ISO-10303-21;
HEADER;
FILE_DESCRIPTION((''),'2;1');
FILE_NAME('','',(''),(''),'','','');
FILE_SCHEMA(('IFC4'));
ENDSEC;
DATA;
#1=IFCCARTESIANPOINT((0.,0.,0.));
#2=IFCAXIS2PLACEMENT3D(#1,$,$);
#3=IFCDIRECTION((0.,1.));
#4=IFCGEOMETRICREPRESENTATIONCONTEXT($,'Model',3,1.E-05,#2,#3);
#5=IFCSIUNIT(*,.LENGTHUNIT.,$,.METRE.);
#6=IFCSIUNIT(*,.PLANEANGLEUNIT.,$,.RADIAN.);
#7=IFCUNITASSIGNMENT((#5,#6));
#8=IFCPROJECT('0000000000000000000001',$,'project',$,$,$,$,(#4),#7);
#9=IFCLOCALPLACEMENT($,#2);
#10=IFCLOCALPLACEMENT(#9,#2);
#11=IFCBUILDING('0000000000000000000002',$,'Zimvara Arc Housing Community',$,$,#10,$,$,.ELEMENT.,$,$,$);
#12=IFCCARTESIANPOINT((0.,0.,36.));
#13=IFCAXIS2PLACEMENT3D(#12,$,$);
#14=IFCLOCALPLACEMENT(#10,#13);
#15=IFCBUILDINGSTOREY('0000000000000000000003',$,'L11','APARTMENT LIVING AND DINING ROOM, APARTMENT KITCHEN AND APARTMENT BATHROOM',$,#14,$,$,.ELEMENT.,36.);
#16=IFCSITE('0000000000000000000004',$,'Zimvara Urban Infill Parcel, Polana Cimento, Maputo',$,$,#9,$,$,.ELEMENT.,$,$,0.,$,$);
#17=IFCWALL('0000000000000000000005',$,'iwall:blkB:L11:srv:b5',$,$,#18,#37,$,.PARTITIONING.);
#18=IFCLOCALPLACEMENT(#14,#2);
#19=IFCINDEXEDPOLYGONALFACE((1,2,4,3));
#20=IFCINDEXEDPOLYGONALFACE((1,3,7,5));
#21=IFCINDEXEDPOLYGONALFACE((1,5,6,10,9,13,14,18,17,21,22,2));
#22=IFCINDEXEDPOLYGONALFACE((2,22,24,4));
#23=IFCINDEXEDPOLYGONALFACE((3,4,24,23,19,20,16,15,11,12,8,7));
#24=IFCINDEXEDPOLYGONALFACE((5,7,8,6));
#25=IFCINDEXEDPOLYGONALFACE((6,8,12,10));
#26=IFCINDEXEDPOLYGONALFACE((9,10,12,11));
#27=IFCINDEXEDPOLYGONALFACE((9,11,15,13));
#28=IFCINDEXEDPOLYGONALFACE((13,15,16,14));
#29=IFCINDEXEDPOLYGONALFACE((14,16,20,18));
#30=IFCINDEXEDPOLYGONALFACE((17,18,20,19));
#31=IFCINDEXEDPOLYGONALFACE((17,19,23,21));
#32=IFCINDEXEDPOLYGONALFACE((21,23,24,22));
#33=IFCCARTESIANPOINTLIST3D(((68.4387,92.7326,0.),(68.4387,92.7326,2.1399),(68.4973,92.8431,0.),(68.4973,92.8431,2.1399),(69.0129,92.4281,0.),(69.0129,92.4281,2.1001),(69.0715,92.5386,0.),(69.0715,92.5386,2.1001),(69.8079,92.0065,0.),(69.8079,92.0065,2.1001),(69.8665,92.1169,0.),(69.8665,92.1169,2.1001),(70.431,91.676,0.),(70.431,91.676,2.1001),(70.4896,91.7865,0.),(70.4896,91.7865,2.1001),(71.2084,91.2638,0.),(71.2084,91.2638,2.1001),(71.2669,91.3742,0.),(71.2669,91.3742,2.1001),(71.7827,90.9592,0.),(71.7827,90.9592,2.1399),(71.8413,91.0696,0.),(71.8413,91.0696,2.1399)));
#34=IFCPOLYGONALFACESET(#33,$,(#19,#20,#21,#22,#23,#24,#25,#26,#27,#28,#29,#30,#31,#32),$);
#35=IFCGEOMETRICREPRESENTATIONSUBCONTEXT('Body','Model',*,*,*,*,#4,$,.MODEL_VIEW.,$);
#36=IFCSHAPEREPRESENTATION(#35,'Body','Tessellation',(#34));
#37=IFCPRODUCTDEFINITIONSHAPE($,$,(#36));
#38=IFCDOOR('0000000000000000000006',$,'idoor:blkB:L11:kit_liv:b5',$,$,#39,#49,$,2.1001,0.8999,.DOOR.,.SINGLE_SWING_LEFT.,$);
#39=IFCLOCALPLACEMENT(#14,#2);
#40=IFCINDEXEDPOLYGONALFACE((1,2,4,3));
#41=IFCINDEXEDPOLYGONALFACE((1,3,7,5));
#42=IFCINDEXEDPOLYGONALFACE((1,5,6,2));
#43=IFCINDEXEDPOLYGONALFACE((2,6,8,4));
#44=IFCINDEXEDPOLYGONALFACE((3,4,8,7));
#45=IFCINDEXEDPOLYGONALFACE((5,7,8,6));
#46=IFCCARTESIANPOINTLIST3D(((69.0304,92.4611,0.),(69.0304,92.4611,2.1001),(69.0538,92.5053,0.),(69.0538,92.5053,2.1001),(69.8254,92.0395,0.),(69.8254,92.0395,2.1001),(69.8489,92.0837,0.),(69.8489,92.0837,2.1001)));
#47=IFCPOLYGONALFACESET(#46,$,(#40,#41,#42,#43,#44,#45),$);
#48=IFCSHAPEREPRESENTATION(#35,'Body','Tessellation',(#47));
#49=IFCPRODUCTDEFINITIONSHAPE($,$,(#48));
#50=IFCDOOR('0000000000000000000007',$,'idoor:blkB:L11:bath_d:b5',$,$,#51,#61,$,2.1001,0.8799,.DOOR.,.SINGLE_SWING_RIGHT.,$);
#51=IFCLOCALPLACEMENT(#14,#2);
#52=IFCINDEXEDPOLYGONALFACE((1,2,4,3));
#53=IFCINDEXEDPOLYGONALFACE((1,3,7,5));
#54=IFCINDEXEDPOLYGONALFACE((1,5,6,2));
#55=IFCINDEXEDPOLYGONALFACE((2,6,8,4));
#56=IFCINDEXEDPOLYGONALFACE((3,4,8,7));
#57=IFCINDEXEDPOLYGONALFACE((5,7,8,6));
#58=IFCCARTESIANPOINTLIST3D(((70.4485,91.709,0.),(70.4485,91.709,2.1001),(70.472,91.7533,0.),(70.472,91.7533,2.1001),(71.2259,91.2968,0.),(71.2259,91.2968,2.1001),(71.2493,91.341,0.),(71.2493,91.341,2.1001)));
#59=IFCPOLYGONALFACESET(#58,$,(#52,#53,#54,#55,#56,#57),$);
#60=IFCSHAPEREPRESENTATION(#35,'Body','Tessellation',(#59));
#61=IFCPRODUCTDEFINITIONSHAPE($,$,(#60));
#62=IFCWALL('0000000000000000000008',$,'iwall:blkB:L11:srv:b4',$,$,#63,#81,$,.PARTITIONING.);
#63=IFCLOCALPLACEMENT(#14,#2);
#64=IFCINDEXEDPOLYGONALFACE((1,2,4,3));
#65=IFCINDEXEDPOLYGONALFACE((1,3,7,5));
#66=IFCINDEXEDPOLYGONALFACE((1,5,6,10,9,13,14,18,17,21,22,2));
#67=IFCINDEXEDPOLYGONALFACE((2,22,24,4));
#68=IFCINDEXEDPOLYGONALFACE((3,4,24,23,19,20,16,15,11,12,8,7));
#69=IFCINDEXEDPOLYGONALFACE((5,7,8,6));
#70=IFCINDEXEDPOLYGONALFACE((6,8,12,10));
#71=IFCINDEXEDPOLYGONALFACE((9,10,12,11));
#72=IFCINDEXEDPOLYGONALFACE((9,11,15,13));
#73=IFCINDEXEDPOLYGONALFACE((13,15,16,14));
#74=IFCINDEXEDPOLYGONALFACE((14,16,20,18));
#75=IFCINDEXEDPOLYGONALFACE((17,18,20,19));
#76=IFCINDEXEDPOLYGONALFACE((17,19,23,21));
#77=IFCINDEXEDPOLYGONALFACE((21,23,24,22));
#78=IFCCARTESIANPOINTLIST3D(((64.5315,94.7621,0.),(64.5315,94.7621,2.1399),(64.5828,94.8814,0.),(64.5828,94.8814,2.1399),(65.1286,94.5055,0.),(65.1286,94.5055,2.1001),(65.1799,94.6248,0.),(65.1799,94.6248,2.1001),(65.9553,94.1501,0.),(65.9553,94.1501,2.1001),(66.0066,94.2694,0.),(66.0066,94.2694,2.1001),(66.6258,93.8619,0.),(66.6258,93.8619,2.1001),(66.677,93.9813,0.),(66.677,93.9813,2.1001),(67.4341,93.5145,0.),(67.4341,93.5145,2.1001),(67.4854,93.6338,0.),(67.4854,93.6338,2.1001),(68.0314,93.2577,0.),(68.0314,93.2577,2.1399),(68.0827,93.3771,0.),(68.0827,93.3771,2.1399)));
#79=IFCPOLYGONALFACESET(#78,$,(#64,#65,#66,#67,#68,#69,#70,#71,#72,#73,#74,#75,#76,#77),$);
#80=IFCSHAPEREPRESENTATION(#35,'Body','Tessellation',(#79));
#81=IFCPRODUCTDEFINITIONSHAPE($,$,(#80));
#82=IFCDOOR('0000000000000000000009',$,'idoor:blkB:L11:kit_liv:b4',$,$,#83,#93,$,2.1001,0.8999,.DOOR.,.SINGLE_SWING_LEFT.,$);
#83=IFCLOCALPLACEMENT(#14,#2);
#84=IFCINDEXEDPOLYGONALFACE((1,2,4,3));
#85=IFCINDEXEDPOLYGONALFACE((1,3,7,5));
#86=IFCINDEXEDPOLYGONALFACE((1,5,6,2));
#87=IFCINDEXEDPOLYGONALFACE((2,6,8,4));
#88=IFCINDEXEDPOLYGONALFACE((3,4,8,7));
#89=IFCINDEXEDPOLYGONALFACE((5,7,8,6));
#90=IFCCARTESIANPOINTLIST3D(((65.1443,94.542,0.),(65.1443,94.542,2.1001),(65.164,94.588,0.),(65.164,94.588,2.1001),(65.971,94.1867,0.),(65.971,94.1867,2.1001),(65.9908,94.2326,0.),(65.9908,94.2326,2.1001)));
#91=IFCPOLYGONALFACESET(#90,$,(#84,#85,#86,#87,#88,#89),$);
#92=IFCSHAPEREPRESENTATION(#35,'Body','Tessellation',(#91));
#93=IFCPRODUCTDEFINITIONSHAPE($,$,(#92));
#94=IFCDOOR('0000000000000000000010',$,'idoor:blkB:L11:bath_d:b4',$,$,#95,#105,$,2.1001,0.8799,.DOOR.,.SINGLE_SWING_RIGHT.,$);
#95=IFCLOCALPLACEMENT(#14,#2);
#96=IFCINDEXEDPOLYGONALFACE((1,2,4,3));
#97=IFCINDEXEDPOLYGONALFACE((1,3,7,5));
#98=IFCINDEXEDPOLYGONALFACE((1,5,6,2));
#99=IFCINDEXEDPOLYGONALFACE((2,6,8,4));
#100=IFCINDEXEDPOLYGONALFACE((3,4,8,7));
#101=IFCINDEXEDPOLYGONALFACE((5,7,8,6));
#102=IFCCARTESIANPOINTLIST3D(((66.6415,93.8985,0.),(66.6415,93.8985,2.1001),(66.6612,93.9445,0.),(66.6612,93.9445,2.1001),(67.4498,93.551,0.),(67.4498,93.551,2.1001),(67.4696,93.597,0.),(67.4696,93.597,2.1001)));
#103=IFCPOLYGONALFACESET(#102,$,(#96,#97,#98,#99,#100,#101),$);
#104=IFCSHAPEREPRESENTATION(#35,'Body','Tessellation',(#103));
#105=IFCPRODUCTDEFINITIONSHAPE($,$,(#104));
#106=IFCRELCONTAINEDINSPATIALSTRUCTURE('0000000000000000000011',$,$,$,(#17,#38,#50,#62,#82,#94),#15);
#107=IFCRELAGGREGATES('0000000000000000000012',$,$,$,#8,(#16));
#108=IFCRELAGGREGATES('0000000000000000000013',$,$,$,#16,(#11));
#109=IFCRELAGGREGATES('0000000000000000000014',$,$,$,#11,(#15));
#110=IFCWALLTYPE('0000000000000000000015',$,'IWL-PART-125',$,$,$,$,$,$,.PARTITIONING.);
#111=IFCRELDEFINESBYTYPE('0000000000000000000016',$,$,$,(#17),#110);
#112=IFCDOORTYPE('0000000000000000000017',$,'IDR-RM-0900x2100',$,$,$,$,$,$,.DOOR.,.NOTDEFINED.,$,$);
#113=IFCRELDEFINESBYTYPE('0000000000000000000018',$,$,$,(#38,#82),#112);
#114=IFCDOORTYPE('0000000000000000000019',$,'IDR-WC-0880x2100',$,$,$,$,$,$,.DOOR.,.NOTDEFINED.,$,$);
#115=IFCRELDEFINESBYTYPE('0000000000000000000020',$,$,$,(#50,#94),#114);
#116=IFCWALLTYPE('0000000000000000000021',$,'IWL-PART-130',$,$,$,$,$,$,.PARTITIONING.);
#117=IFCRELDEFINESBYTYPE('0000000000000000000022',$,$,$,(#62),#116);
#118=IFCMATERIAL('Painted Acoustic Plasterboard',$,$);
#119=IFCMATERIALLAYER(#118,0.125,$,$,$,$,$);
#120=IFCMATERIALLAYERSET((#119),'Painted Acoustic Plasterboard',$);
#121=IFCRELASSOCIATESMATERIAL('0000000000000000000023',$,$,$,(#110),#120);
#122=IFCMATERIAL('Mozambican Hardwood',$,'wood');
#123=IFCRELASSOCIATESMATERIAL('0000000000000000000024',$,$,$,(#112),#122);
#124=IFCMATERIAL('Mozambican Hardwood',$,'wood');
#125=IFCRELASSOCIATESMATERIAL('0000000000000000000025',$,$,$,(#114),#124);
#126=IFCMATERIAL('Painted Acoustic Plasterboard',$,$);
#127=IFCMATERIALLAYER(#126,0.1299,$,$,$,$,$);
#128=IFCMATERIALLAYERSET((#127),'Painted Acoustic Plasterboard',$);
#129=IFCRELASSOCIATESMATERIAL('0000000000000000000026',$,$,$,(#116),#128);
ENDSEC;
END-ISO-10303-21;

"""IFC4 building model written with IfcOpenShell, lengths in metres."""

from ifc_helpers import new_model, si_unit, direction, frame, frame_2d, origin, place, context, subcontext, project, spatial, rectangle, extrude, material, layer, layer_set, type_object, element, fill, save


model = new_model("IFC4")

# Units and contexts
model_context = context("Model", 3, precision=1e-05, world=origin(), true_north=direction((0.0, 1.0)))
body_context = subcontext(model_context, "Body", "Model", "MODEL_VIEW")
ifc_project = project(units=[si_unit("LENGTHUNIT", "METRE"), si_unit("PLANEANGLEUNIT", "RADIAN")], contexts=[model_context])

# Site, building, storey
site_placement = place(None, origin())
site = spatial("IfcSite", under=ifc_project, at=site_placement, Name="Zimvara Urban Infill Parcel, Polana Cimento, Maputo", CompositionType="ELEMENT", RefElevation=0.0)
building_placement = place(site_placement, origin())
building = spatial("IfcBuilding", under=site, at=building_placement, Name="Zimvara Arc Housing Community", CompositionType="ELEMENT")
storey_placement = place(building_placement, frame((0.0, 0.0, 36.0)))
storey = spatial("IfcBuildingStorey", under=building, at=storey_placement, Name="L11", Description="APARTMENT LIVING AND DINING ROOM, APARTMENT KITCHEN AND APARTMENT BATHROOM", CompositionType="ELEMENT", Elevation=36.0)

# Walls, openings, doors
ifc_material_1 = material(Name="Painted Acoustic Plasterboard")
ifc_layer_1 = layer(ifc_material_1, 0.125)
ifc_layer_set_1 = layer_set([ifc_layer_1], Name="Painted Acoustic Plasterboard")
wall_type_1 = type_object("IfcWallType", Name="IWL-PART-125", PredefinedType="PARTITIONING", material=ifc_layer_set_1)
wall_1_placement = place(storey_placement, frame((68.468, 92.7878, 0.0), z_axis=(0.0, 0.0, 1.0), x_axis=(0.88345, -0.468525, 0.0)))
wall_1 = element("IfcWall", 1, at=wall_1_placement, inside=storey, type_object=wall_type_1, Name="iwall:blkB:L11:srv:b5", PredefinedType="PARTITIONING", context=body_context, shape_type="SweptSolid", body=[
    extrude(rectangle(XDim=3.7852, YDim=0.125, at=frame_2d((1.8926, 0.0))), origin(), (0.0, 0.0, 1.0), 2.1399),
])
opening_1_placement = place(wall_1_placement, frame((0.6499, 0.0, 0.0)))
opening_1 = element("IfcOpeningElement", 2, at=opening_1_placement, cuts=wall_1, PredefinedType="OPENING", context=body_context, shape_type="SweptSolid", body=[
    extrude(rectangle(XDim=0.8999, YDim=2.1001, at=frame_2d((0.45, 1.05))), frame((0.0, 0.0725, 0.0), z_axis=(0.0, -1.0, 0.0), x_axis=(1.0, 0.0, 0.0)), (0.0, 0.0, 1.0), 0.145),
])
opening_2_placement = place(wall_1_placement, frame((2.2551, 0.0, 0.0)))
opening_2 = element("IfcOpeningElement", 3, at=opening_2_placement, cuts=wall_1, PredefinedType="OPENING", context=body_context, shape_type="SweptSolid", body=[
    extrude(rectangle(XDim=0.8799, YDim=2.1001, at=frame_2d((0.4399, 1.05))), frame((0.0, 0.0725, 0.0), z_axis=(0.0, -1.0, 0.0), x_axis=(1.0, 0.0, 0.0)), (0.0, 0.0, 1.0), 0.145),
])
ifc_material_2 = material(Name="Mozambican Hardwood", Category="wood")
door_type_1 = type_object("IfcDoorType", Name="IDR-RM-0900x2100", OperationType="NOTDEFINED", PredefinedType="DOOR", material=ifc_material_2)
door_1_placement = place(opening_1_placement, origin())
door_1 = element("IfcDoor", 4, at=door_1_placement, inside=storey, type_object=door_type_1, Name="idoor:blkB:L11:kit_liv:b5", OperationType="SINGLE_SWING_LEFT", OverallHeight=2.1001, OverallWidth=0.8999, PredefinedType="DOOR", context=body_context, shape_type="SweptSolid", body=[
    extrude(rectangle(XDim=0.8999, YDim=2.1001, at=frame_2d((0.45, 1.05))), frame((0.0, 0.0249, 0.0), z_axis=(0.0, -1.0, 0.0), x_axis=(1.0, 0.0, 0.0)), (0.0, 0.0, 1.0), 0.05),
])
fill(opening_1, door_1)
ifc_material_3 = material(Name="Mozambican Hardwood", Category="wood")
door_type_2 = type_object("IfcDoorType", Name="IDR-WC-0880x2100", OperationType="NOTDEFINED", PredefinedType="DOOR", material=ifc_material_3)
door_2_placement = place(opening_2_placement, origin())
door_2 = element("IfcDoor", 5, at=door_2_placement, inside=storey, type_object=door_type_2, Name="idoor:blkB:L11:bath_d:b5", OperationType="SINGLE_SWING_RIGHT", OverallHeight=2.1001, OverallWidth=0.8799, PredefinedType="DOOR", context=body_context, shape_type="SweptSolid", body=[
    extrude(rectangle(XDim=0.8799, YDim=2.1001, at=frame_2d((0.4399, 1.05))), frame((0.0, 0.0249, 0.0), z_axis=(0.0, -1.0, 0.0), x_axis=(1.0, 0.0, 0.0)), (0.0, 0.0, 1.0), 0.05),
])
fill(opening_2, door_2)
ifc_material_4 = material(Name="Painted Acoustic Plasterboard")
ifc_layer_2 = layer(ifc_material_4, 0.1299)
ifc_layer_set_2 = layer_set([ifc_layer_2], Name="Painted Acoustic Plasterboard")
wall_type_2 = type_object("IfcWallType", Name="IWL-PART-130", PredefinedType="PARTITIONING", material=ifc_layer_set_2)
wall_2_placement = place(storey_placement, frame((64.5571, 94.8218, 0.0), z_axis=(0.0, 0.0, 1.0), x_axis=(0.918727, -0.394894, 0.0)))
wall_2 = element("IfcWall", 6, at=wall_2_placement, inside=storey, type_object=wall_type_2, Name="iwall:blkB:L11:srv:b4", PredefinedType="PARTITIONING", context=body_context, shape_type="SweptSolid", body=[
    extrude(rectangle(XDim=3.8096, YDim=0.1299, at=frame_2d((1.9048, 0.0))), origin(), (0.0, 0.0, 1.0), 2.1399),
])
opening_3_placement = place(wall_2_placement, frame((0.6499, 0.0, 0.0)))
opening_3 = element("IfcOpeningElement", 7, at=opening_3_placement, cuts=wall_2, PredefinedType="OPENING", context=body_context, shape_type="SweptSolid", body=[
    extrude(rectangle(XDim=0.8999, YDim=2.1001, at=frame_2d((0.45, 1.05))), frame((0.0, 0.075, 0.0), z_axis=(0.0, -1.0, 0.0), x_axis=(1.0, 0.0, 0.0)), (0.0, 0.0, 1.0), 0.1499),
])
opening_4_placement = place(wall_2_placement, frame((2.2795, 0.0, 0.0)))
opening_4 = element("IfcOpeningElement", 8, at=opening_4_placement, cuts=wall_2, PredefinedType="OPENING", context=body_context, shape_type="SweptSolid", body=[
    extrude(rectangle(XDim=0.8799, YDim=2.1001, at=frame_2d((0.4399, 1.05))), frame((0.0, 0.075, 0.0), z_axis=(0.0, -1.0, 0.0), x_axis=(1.0, 0.0, 0.0)), (0.0, 0.0, 1.0), 0.1499),
])
door_3_placement = place(opening_3_placement, origin())
door_3 = element("IfcDoor", 9, at=door_3_placement, inside=storey, type_object=door_type_1, Name="idoor:blkB:L11:kit_liv:b4", OperationType="SINGLE_SWING_LEFT", OverallHeight=2.1001, OverallWidth=0.8999, PredefinedType="DOOR", context=body_context, shape_type="SweptSolid", body=[
    extrude(rectangle(XDim=0.8999, YDim=2.1001, at=frame_2d((0.45, 1.05))), frame((0.0, 0.0249, 0.0), z_axis=(0.0, -1.0, 0.0), x_axis=(1.0, 0.0, 0.0)), (0.0, 0.0, 1.0), 0.05),
])
fill(opening_3, door_3)
door_4_placement = place(opening_4_placement, origin())
door_4 = element("IfcDoor", 10, at=door_4_placement, inside=storey, type_object=door_type_2, Name="idoor:blkB:L11:bath_d:b4", OperationType="SINGLE_SWING_RIGHT", OverallHeight=2.1001, OverallWidth=0.8799, PredefinedType="DOOR", context=body_context, shape_type="SweptSolid", body=[
    extrude(rectangle(XDim=0.8799, YDim=2.1001, at=frame_2d((0.4399, 1.05))), frame((0.0, 0.0249, 0.0), z_axis=(0.0, -1.0, 0.0), x_axis=(1.0, 0.0, 0.0)), (0.0, 0.0, 1.0), 0.05),
])
fill(opening_4, door_4)

save(model, "model.ifc")
